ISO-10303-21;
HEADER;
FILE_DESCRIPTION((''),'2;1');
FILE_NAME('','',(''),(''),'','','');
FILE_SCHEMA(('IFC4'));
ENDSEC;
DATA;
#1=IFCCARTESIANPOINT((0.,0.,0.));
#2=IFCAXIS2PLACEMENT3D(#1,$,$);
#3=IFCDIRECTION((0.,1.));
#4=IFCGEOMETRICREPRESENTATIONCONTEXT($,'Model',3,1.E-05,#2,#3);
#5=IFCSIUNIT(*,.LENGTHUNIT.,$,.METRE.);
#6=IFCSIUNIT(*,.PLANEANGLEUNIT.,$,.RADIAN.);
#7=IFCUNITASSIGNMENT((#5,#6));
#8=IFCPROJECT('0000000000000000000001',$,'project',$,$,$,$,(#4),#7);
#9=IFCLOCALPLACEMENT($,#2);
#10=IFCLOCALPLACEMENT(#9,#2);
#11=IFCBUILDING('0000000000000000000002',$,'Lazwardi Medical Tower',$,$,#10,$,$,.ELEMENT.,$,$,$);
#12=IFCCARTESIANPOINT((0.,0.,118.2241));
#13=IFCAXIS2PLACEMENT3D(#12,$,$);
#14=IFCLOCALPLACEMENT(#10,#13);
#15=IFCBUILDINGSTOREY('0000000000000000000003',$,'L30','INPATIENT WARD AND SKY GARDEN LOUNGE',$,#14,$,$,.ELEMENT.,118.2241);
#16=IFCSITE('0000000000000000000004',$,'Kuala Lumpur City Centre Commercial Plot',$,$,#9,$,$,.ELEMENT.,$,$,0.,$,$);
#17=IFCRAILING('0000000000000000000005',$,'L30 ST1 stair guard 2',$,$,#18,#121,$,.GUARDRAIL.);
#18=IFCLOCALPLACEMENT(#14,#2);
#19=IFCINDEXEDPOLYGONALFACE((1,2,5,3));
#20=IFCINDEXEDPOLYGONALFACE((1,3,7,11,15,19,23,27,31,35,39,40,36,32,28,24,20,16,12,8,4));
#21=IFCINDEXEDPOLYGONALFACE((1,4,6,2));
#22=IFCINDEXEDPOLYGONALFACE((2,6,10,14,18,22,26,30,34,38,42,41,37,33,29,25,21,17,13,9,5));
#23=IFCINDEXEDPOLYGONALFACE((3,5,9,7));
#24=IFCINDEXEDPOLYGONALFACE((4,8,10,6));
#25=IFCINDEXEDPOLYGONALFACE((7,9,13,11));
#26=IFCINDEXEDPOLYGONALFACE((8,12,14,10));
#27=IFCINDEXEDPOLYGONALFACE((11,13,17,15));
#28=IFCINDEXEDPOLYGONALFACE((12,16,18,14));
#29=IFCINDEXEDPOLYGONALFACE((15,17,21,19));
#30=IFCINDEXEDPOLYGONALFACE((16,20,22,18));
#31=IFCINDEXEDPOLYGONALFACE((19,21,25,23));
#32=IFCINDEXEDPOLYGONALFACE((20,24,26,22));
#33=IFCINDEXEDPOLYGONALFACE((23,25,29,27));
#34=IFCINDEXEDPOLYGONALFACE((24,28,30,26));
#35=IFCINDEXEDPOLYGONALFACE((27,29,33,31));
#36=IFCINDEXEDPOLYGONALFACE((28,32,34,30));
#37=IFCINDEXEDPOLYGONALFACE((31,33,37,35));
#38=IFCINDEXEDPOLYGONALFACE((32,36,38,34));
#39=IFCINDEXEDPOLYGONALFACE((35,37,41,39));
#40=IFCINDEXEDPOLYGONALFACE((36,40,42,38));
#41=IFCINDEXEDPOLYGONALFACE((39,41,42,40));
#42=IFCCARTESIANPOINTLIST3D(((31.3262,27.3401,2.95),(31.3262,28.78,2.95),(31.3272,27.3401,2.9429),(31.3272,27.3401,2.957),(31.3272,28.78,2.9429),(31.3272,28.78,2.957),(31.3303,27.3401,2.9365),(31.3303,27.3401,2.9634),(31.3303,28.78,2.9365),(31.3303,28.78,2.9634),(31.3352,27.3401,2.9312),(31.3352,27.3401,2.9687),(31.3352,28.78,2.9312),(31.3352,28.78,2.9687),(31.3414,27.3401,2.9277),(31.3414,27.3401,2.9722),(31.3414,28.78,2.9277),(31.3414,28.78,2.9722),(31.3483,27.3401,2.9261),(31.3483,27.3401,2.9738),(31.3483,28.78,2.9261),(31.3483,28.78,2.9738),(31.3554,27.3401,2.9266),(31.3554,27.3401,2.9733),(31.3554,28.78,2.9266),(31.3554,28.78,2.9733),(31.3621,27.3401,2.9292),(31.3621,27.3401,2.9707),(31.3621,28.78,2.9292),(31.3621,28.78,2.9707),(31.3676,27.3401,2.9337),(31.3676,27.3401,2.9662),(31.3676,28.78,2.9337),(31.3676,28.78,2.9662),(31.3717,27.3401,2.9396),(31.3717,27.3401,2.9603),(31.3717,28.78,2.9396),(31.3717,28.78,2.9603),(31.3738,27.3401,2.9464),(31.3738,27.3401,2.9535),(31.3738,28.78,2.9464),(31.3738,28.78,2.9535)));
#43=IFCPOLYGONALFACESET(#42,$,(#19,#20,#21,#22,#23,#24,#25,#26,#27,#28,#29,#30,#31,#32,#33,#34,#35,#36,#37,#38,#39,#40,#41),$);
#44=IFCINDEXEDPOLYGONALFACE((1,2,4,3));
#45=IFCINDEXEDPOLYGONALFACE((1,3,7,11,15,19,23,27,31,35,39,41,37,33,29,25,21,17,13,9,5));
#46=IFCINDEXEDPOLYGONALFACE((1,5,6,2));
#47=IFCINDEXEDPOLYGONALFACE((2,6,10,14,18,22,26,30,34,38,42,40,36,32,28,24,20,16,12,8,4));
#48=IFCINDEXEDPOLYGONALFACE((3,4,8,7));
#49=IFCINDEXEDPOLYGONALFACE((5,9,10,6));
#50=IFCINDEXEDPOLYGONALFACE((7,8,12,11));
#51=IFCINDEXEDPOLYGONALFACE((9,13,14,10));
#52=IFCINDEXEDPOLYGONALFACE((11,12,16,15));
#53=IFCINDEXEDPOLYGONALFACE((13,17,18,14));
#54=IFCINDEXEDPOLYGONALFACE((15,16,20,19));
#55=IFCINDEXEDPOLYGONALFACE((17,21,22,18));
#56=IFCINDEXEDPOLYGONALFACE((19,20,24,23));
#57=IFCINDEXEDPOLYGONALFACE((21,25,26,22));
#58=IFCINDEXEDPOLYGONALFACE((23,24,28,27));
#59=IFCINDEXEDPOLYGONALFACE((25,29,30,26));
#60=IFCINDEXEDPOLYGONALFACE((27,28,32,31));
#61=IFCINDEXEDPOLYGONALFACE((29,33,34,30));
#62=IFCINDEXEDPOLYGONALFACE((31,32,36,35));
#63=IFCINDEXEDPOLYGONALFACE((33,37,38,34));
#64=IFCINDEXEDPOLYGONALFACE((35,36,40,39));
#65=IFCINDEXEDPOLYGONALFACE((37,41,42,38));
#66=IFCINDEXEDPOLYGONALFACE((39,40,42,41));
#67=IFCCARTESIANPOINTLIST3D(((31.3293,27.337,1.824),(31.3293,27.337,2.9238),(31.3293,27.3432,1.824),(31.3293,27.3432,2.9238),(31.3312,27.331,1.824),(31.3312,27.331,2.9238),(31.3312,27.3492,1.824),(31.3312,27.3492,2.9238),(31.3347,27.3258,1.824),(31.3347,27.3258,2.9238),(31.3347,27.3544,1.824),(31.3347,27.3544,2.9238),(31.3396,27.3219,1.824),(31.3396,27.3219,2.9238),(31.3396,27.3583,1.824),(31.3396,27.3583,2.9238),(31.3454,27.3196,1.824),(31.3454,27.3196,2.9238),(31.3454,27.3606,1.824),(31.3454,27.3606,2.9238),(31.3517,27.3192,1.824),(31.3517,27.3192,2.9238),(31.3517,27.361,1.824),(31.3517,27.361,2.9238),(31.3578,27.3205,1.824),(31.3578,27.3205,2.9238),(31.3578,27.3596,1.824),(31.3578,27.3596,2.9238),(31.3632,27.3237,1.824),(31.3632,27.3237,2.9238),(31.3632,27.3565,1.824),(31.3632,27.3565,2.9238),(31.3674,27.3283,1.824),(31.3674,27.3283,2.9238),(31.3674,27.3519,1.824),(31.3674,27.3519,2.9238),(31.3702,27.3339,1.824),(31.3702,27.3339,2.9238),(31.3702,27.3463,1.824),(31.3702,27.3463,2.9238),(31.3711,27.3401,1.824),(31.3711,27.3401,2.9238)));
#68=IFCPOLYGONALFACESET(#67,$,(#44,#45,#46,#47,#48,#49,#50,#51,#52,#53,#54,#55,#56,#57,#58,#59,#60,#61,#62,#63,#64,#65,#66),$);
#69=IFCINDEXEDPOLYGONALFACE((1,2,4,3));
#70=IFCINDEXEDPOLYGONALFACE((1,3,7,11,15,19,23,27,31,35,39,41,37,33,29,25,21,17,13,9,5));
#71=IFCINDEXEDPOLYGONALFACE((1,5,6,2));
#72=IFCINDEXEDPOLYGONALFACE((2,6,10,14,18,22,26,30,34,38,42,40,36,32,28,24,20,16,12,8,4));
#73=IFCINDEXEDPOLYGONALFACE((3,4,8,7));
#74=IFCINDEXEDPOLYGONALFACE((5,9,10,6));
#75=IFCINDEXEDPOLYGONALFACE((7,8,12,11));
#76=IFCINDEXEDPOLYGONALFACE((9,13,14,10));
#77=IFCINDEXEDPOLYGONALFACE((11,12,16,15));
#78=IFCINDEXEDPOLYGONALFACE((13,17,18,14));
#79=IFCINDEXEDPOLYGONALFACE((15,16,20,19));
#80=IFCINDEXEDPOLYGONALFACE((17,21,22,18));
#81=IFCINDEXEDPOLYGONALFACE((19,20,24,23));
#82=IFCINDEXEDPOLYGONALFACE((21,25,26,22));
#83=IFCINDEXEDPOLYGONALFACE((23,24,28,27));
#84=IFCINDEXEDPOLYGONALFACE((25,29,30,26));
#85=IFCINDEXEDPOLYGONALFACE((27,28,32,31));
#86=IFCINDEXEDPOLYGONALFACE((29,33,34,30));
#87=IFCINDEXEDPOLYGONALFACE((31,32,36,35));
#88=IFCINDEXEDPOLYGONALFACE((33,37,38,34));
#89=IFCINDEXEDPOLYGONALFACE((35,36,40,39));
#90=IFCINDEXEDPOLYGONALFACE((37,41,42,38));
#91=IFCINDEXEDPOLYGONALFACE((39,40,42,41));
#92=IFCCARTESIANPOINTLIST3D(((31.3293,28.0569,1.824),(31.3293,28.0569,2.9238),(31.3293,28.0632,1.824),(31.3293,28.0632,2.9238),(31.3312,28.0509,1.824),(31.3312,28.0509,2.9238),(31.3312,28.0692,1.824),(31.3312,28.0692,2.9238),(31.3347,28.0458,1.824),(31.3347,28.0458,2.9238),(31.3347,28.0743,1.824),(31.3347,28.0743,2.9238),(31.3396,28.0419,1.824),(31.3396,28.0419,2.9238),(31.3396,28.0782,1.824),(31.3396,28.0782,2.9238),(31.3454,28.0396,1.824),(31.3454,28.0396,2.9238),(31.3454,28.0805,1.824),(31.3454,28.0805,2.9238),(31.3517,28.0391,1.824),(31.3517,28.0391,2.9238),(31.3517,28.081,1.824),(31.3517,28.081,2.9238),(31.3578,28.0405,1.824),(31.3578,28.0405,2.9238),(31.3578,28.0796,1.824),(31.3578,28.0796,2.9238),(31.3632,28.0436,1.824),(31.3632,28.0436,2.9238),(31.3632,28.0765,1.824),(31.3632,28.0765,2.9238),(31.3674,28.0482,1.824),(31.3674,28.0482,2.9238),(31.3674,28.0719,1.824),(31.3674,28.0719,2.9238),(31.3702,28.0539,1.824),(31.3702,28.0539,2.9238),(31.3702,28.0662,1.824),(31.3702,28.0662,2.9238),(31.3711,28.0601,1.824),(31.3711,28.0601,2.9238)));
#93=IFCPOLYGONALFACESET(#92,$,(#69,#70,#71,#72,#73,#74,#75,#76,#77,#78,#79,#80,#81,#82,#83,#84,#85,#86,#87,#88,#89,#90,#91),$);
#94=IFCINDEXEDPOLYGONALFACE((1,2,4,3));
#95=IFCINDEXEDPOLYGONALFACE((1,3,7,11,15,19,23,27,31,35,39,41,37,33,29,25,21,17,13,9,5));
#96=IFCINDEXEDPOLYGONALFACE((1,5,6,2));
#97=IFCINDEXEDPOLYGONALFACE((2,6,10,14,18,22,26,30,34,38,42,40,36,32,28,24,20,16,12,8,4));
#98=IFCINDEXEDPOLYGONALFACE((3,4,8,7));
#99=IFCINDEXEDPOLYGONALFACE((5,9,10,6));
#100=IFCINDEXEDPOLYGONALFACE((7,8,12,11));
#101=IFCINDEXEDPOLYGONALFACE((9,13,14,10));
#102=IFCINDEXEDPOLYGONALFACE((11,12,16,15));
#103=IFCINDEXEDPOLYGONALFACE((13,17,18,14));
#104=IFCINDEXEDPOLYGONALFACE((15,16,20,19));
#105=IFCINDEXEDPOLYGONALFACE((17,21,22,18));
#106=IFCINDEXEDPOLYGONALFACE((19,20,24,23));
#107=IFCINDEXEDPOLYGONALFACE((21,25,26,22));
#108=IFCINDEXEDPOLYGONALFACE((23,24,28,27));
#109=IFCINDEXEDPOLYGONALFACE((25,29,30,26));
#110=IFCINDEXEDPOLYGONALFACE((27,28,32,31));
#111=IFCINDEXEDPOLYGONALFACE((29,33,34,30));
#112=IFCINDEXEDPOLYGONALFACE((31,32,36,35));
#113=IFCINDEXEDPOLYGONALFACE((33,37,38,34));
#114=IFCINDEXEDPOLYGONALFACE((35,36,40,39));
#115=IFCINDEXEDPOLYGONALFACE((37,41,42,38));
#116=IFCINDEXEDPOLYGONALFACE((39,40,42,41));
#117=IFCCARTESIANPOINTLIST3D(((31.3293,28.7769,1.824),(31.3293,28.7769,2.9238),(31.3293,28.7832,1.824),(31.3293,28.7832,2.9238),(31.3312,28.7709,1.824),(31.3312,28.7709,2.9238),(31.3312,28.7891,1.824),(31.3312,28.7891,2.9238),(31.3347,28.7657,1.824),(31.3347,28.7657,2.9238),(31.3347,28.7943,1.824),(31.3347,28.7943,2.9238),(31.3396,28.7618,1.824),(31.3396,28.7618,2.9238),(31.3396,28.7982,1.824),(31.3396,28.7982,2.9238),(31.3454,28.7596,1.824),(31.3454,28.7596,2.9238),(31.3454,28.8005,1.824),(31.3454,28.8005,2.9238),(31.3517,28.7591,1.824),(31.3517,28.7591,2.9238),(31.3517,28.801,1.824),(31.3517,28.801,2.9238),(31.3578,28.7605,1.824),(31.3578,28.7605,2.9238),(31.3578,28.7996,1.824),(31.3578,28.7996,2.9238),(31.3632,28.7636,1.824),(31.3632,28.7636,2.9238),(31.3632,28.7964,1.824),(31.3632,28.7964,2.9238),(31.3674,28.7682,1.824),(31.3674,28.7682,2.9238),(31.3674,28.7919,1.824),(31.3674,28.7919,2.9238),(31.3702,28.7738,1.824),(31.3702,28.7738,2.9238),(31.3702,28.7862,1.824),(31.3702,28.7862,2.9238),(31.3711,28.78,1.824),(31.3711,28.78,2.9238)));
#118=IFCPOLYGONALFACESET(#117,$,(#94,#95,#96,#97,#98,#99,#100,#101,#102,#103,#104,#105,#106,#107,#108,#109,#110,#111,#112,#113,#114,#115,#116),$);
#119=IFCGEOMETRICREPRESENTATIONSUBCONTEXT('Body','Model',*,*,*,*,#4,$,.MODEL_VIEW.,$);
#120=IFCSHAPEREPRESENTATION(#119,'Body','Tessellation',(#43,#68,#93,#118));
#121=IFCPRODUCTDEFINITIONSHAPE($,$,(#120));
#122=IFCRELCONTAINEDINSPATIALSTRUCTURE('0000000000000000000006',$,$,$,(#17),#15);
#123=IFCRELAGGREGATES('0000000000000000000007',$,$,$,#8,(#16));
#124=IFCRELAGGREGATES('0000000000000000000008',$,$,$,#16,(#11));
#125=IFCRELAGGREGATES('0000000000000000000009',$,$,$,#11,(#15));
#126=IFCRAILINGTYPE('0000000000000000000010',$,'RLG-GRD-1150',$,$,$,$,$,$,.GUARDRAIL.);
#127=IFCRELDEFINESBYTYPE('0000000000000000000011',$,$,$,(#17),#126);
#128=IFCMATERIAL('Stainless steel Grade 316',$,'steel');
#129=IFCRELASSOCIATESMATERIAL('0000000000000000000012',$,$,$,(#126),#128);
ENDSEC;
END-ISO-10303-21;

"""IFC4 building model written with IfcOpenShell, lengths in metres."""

from ifc_helpers import new_model, si_unit, direction, frame, origin, origin_2d, place, context, subcontext, project, spatial, circle, extrude, material, type_object, element, save


model = new_model("IFC4")

# Units and contexts
model_context = context("Model", 3, precision=1e-05, world=origin(), true_north=direction((0.0, 1.0)))
body_context = subcontext(model_context, "Body", "Model", "MODEL_VIEW")
ifc_project = project(units=[si_unit("LENGTHUNIT", "METRE"), si_unit("PLANEANGLEUNIT", "RADIAN")], contexts=[model_context])

# Site, building, storey
site_placement = place(None, origin())
site = spatial("IfcSite", under=ifc_project, at=site_placement, Name="Kuala Lumpur City Centre Commercial Plot", CompositionType="ELEMENT", RefElevation=0.0)
building_placement = place(site_placement, origin())
building = spatial("IfcBuilding", under=site, at=building_placement, Name="Lazwardi Medical Tower", CompositionType="ELEMENT")
storey_placement = place(building_placement, frame((0.0, 0.0, 118.2241)))
storey = spatial("IfcBuildingStorey", under=building, at=storey_placement, Name="L30", Description="INPATIENT WARD AND SKY GARDEN LOUNGE", CompositionType="ELEMENT", Elevation=118.2241)

# Railing
ifc_material_1 = material(Name="Stainless steel Grade 316", Category="steel")
railing_type_1 = type_object("IfcRailingType", Name="RLG-GRD-1150", PredefinedType="GUARDRAIL", material=ifc_material_1)
railing_1_placement = place(storey_placement, frame((31.3501, 27.3401, 1.824)))
element("IfcRailing", 1, at=railing_1_placement, inside=storey, type_object=railing_type_1, Name="L30 ST1 stair guard 2", PredefinedType="GUARDRAIL", context=body_context, shape_type="SweptSolid", body=[
    extrude(circle(Radius=0.0239, at=origin_2d()), frame((0.0, 0.0, 1.126), z_axis=(0.0, 1.0, 0.0), x_axis=(-1.0, 0.0, 0.0)), (0.0, 0.0, 1.0), 1.4399),
    extrude(circle(Radius=0.021, at=origin_2d()), origin(), (0.0, 0.0, 1.0), 1.0999),
    extrude(circle(Radius=0.021, at=origin_2d()), frame((0.0, 0.72, 0.0)), (0.0, 0.0, 1.0), 1.0999),
    extrude(circle(Radius=0.021, at=origin_2d()), frame((0.0, 1.4399, 0.0)), (0.0, 0.0, 1.0), 1.0999),
])

save(model, "model.ifc")
